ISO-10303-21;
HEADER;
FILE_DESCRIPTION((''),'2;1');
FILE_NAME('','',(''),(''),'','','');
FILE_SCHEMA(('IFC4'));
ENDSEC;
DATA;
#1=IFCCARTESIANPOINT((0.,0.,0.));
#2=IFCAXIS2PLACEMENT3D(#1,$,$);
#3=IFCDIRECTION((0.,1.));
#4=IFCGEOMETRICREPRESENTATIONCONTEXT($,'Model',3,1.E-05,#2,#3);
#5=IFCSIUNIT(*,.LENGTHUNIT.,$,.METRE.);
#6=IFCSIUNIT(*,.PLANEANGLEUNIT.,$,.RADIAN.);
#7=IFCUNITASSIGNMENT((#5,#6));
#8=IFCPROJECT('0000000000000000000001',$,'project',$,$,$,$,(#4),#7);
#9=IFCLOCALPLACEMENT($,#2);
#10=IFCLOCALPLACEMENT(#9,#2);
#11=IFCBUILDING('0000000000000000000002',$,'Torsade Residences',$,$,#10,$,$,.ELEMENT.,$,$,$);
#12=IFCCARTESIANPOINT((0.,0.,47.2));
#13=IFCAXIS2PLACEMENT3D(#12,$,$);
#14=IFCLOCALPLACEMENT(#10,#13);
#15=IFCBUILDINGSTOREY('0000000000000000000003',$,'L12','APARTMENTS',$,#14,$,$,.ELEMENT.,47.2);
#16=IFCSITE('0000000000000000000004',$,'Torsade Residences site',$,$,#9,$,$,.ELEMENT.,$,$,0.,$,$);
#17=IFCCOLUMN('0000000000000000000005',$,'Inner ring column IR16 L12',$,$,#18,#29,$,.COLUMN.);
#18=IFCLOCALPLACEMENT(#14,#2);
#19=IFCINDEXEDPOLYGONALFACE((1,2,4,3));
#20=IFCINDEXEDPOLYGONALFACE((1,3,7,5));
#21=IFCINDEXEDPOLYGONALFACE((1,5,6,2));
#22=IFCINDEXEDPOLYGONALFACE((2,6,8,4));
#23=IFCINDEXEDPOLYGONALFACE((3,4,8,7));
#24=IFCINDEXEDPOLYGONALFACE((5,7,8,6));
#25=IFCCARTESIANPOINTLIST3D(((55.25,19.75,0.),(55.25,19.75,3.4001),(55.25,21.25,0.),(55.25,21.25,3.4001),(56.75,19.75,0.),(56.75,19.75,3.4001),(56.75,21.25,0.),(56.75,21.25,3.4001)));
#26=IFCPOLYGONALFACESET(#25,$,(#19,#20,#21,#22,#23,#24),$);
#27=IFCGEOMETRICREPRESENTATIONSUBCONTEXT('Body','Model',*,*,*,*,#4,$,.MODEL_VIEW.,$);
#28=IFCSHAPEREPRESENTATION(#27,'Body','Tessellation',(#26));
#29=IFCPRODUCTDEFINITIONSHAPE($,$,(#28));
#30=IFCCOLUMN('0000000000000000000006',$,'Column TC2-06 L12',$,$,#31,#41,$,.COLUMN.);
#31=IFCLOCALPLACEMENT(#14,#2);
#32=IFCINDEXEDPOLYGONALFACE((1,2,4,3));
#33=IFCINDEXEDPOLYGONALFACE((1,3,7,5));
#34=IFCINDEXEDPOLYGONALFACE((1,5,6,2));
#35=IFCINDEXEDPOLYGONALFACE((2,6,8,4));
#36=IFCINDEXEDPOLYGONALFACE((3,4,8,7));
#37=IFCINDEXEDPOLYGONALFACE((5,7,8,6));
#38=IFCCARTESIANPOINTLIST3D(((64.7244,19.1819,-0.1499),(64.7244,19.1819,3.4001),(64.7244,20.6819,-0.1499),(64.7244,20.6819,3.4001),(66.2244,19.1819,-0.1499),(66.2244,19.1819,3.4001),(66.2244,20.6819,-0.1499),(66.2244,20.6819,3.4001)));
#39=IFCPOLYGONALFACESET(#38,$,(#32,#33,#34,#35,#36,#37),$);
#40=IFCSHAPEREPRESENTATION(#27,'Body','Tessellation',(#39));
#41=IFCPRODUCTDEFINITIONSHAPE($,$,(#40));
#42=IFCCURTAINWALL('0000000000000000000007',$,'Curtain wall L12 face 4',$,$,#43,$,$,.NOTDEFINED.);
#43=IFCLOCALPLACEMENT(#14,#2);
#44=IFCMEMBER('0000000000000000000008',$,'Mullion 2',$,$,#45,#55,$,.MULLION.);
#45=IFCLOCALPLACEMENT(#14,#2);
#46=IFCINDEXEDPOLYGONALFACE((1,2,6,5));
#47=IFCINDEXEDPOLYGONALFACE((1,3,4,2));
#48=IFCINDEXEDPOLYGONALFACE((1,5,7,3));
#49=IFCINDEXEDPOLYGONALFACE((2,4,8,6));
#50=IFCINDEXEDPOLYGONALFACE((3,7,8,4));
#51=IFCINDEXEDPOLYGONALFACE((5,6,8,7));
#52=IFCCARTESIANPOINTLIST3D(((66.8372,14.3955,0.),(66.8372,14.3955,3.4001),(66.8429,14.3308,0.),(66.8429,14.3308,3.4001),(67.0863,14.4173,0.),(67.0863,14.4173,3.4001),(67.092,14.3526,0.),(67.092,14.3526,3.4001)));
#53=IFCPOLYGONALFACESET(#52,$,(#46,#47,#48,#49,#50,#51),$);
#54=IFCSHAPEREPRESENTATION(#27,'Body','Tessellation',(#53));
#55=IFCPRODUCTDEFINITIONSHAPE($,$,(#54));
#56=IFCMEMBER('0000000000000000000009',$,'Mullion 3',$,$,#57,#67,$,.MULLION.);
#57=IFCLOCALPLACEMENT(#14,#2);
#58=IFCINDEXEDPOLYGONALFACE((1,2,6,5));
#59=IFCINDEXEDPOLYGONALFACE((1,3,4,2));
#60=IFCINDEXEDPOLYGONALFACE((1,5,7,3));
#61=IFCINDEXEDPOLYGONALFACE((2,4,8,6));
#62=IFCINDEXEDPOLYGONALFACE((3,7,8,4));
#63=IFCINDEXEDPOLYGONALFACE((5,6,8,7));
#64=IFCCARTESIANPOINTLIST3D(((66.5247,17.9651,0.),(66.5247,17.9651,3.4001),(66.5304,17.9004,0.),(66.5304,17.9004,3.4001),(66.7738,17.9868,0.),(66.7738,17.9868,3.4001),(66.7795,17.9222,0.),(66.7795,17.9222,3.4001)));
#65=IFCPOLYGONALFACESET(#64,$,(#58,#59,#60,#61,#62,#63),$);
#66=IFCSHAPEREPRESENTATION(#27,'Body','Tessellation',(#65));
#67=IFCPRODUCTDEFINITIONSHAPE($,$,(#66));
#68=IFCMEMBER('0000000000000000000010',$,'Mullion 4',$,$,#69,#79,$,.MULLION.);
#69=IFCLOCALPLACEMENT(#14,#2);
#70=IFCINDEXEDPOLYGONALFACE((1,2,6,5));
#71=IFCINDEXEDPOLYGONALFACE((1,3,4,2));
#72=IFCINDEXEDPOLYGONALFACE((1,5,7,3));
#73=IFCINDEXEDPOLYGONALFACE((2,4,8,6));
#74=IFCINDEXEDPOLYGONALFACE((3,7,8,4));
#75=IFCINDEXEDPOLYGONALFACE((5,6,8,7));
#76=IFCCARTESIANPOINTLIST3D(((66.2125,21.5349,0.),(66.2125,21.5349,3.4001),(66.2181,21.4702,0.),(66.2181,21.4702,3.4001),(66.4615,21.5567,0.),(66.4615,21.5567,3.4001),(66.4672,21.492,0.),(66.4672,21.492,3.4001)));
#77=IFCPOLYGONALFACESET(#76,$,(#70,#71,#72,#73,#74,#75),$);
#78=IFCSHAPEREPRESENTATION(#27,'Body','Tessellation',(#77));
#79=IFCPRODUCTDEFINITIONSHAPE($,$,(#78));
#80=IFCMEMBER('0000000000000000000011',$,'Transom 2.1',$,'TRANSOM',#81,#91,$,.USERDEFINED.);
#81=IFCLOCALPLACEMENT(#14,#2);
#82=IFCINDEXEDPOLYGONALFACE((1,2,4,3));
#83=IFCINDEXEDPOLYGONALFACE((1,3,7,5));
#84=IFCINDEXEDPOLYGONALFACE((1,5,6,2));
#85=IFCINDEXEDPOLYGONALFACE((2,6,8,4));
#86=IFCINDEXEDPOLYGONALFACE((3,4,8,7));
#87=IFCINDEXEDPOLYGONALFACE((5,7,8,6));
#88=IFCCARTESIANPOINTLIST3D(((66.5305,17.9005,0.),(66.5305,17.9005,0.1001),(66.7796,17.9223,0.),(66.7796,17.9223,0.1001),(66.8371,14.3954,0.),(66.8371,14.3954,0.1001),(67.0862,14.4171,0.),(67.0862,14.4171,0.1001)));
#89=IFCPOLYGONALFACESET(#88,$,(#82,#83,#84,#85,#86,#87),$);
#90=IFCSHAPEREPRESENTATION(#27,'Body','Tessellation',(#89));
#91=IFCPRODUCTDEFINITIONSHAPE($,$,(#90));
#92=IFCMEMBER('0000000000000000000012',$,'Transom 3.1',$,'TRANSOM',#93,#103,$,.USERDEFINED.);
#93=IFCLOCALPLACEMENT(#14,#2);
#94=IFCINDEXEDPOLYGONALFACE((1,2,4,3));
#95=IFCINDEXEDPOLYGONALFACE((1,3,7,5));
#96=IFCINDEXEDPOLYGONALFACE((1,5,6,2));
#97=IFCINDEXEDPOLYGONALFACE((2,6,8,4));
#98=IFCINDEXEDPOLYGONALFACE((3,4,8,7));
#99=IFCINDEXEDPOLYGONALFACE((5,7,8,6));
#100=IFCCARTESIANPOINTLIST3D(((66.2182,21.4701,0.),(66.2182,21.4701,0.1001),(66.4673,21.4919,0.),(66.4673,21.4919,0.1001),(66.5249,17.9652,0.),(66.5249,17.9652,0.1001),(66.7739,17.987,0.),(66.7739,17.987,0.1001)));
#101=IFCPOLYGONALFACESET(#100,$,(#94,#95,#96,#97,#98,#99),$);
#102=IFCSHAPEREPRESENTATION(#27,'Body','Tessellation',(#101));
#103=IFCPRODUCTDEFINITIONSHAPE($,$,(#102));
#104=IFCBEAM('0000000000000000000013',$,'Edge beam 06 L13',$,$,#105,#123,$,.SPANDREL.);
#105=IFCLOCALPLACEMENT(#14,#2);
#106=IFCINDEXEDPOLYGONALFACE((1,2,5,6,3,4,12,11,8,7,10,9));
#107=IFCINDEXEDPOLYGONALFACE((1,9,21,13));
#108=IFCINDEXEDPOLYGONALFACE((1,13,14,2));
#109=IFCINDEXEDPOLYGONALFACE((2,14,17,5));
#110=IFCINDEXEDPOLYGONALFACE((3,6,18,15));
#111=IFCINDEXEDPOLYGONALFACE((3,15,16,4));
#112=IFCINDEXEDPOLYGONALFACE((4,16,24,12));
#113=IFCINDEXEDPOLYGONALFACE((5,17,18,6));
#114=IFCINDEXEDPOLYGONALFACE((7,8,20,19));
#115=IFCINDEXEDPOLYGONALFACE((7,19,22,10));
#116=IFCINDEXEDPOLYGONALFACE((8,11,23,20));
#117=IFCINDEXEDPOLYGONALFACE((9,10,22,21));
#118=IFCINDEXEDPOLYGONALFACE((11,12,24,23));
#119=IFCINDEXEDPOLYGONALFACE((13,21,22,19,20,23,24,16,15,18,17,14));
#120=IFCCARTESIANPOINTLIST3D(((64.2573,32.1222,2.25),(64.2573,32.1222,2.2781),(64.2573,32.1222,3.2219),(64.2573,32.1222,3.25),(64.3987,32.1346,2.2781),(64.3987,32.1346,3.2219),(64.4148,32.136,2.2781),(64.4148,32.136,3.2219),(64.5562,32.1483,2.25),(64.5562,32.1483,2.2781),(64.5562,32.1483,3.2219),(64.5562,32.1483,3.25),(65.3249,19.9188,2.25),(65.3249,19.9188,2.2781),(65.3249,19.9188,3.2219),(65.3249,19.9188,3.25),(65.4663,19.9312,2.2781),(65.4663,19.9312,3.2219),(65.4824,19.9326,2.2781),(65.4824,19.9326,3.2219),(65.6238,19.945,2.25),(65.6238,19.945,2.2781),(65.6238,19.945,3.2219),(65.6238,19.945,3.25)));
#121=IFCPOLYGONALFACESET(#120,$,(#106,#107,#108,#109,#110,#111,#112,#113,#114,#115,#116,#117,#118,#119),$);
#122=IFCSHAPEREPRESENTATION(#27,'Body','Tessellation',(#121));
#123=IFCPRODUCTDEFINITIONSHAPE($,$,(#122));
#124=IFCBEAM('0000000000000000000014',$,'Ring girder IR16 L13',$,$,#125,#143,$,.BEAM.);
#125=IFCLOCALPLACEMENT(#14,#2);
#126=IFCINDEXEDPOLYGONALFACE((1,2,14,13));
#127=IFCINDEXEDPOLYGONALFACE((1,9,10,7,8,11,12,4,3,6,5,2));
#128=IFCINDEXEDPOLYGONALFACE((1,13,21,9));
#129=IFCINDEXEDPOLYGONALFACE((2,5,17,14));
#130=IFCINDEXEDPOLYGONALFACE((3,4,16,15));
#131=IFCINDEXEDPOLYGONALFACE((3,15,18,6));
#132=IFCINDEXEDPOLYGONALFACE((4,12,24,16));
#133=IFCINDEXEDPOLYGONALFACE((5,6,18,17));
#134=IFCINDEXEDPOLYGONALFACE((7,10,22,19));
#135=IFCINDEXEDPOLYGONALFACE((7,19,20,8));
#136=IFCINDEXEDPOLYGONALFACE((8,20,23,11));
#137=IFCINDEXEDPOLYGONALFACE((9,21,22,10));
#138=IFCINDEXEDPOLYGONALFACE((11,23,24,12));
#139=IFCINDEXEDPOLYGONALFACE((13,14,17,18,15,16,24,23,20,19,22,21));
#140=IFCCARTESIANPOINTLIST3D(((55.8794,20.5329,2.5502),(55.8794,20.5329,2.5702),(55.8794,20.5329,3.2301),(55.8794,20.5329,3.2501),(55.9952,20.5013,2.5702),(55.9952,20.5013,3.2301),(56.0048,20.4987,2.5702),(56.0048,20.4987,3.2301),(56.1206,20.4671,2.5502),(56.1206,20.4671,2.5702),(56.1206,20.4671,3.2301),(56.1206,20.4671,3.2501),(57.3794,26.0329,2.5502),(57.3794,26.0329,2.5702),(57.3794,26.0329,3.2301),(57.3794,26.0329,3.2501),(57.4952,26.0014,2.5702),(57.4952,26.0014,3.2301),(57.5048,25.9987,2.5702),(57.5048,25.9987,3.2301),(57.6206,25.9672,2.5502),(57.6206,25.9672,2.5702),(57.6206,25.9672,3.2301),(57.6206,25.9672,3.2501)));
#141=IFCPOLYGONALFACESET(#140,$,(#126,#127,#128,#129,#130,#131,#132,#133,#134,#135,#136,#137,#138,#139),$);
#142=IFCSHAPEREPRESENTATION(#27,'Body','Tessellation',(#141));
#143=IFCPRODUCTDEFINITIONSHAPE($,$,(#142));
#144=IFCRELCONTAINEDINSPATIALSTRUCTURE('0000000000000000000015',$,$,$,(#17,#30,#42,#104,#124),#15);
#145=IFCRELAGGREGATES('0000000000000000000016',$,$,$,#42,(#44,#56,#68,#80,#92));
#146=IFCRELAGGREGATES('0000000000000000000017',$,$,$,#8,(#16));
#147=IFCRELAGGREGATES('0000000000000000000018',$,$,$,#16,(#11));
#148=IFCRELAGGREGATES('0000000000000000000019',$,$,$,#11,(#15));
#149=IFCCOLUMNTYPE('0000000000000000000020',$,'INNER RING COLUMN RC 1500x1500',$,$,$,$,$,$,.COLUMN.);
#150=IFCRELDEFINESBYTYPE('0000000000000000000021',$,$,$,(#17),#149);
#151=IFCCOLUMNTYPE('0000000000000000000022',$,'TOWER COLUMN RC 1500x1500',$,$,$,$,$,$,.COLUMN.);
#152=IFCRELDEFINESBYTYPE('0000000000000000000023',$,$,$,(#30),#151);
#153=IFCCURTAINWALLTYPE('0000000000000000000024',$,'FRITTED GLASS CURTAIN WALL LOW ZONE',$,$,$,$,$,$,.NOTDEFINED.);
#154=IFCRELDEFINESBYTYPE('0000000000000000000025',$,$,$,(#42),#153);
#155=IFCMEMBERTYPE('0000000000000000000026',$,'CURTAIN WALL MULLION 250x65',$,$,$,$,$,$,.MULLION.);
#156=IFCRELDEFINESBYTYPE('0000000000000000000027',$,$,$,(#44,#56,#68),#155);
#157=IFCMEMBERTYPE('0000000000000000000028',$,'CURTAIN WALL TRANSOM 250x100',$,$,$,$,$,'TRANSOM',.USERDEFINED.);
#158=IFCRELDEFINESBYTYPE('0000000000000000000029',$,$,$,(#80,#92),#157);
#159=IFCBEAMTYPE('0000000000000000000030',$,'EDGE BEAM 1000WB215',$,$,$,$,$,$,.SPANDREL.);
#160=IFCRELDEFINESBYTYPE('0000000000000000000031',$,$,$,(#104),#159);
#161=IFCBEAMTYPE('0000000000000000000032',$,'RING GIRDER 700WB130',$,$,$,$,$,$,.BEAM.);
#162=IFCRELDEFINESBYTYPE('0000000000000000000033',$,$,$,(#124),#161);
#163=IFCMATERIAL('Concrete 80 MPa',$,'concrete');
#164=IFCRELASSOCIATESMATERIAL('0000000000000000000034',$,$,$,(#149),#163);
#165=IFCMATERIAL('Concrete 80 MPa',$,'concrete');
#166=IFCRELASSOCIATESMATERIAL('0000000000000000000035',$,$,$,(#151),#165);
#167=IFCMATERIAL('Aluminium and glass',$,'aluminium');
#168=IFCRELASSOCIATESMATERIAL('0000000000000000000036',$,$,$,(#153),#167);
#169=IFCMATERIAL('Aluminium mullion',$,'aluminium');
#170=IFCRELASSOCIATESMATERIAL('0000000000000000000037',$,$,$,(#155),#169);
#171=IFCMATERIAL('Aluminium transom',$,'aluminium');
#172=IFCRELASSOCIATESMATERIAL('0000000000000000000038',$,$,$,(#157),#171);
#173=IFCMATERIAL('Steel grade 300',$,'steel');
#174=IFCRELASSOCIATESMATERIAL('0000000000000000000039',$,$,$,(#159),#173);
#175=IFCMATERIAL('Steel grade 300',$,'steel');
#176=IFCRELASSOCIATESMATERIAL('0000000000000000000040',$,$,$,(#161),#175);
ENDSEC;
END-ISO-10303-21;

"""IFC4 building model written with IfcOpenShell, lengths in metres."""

from ifc_helpers import new_model, si_unit, direction, frame, origin, origin_2d, place, context, subcontext, project, spatial, rectangle, i_section, extrude, material, material_profile, profile_set, type_object, element, aggregate, save


model = new_model("IFC4")

# Units and contexts
model_context = context("Model", 3, precision=1e-05, world=origin(), true_north=direction((0.0, 1.0)))
body_context = subcontext(model_context, "Body", "Model", "MODEL_VIEW")
ifc_project = project(units=[si_unit("LENGTHUNIT", "METRE"), si_unit("PLANEANGLEUNIT", "RADIAN")], contexts=[model_context])

# Site, building, storey
site_placement = place(None, origin())
site = spatial("IfcSite", under=ifc_project, at=site_placement, Name="Torsade Residences site", CompositionType="ELEMENT", RefElevation=0.0)
building_placement = place(site_placement, origin())
building = spatial("IfcBuilding", under=site, at=building_placement, Name="Torsade Residences", CompositionType="ELEMENT")
storey_placement = place(building_placement, frame((0.0, 0.0, 47.2)))
storey = spatial("IfcBuildingStorey", under=building, at=storey_placement, Name="L12", Description="APARTMENTS", CompositionType="ELEMENT", Elevation=47.2)

# Columns
ifc_material_1 = material(Name="Concrete 80 MPa", Category="concrete")
ifc_material_profile_1 = material_profile(ifc_material_1, rectangle(XDim=1.5, YDim=1.5, at=origin_2d()), Name="RC 1500x1500")
ifc_profile_set_1 = profile_set([ifc_material_profile_1], Name="Concrete 80 MPa")
column_type_1 = type_object("IfcColumnType", Name="INNER RING COLUMN RC 1500x1500", PredefinedType="COLUMN", material=ifc_profile_set_1)
column_1_placement = place(storey_placement, frame((56.0, 20.5, 0.0), z_axis=(0.0, 0.0, 1.0), x_axis=(1.0, 0.0, 0.0)))
element("IfcColumn", 1, at=column_1_placement, inside=storey, type_object=column_type_1, Name="Inner ring column IR16 L12", PredefinedType="COLUMN", context=body_context, shape_type="SweptSolid", body=[
    extrude(rectangle(XDim=1.5, YDim=1.5, at=origin_2d()), origin(), (0.0, 0.0, 1.0), 3.4001),
])
ifc_material_2 = material(Name="Concrete 80 MPa", Category="concrete")
ifc_material_profile_2 = material_profile(ifc_material_2, rectangle(XDim=1.5, YDim=1.5, at=origin_2d()), Name="RC 1500x1500")
ifc_profile_set_2 = profile_set([ifc_material_profile_2], Name="Concrete 80 MPa")
column_type_2 = type_object("IfcColumnType", Name="TOWER COLUMN RC 1500x1500", PredefinedType="COLUMN", material=ifc_profile_set_2)
column_2_placement = place(storey_placement, frame((65.4744, 19.9319, -0.1499), z_axis=(0.0, 0.0, 1.0), x_axis=(1.0, 0.0, 0.0)))
element("IfcColumn", 2, at=column_2_placement, inside=storey, type_object=column_type_2, Name="Column TC2-06 L12", PredefinedType="COLUMN", context=body_context, shape_type="SweptSolid", body=[
    extrude(rectangle(XDim=1.5, YDim=1.5, at=origin_2d()), origin(), (0.0, 0.0, 1.0), 3.55),
])

# Curtain wall, members
ifc_material_3 = material(Name="Aluminium and glass", Category="aluminium")
curtain_wall_type = type_object("IfcCurtainWallType", Name="FRITTED GLASS CURTAIN WALL LOW ZONE", PredefinedType="NOTDEFINED", material=ifc_material_3)
curtain_wall_placement = place(storey_placement, origin())
curtain_wall = element("IfcCurtainWall", 3, at=curtain_wall_placement, inside=storey, type_object=curtain_wall_type, Name="Curtain wall L12 face 4", PredefinedType="NOTDEFINED")
ifc_material_4 = material(Name="Aluminium mullion", Category="aluminium")
ifc_material_profile_3 = material_profile(ifc_material_4, rectangle(XDim=0.25, YDim=0.0649, at=origin_2d()), Name="CURTAIN WALL MULLION 250x65")
ifc_profile_set_3 = profile_set([ifc_material_profile_3], Name="Aluminium mullion")
member_type_1 = type_object("IfcMemberType", Name="CURTAIN WALL MULLION 250x65", PredefinedType="MULLION", material=ifc_profile_set_3)
member_1_placement = place(storey_placement, frame((66.9646, 14.374, 0.0), z_axis=(0.0, 0.0, 1.0), x_axis=(-0.996195, -0.087156, 0.0)))
member_1 = element("IfcMember", 4, at=member_1_placement, type_object=member_type_1, Name="Mullion 2", PredefinedType="MULLION", context=body_context, shape_type="SweptSolid", body=[
    extrude(rectangle(XDim=0.25, YDim=0.0649, at=origin_2d()), origin(), (0.0, 0.0, 1.0), 3.4001),
])
member_2_placement = place(storey_placement, frame((66.6521, 17.9436, 0.0), z_axis=(0.0, 0.0, 1.0), x_axis=(-0.996195, -0.087156, 0.0)))
member_2 = element("IfcMember", 5, at=member_2_placement, type_object=member_type_1, Name="Mullion 3", PredefinedType="MULLION", context=body_context, shape_type="SweptSolid", body=[
    extrude(rectangle(XDim=0.25, YDim=0.0649, at=origin_2d()), origin(), (0.0, 0.0, 1.0), 3.4001),
])
member_3_placement = place(storey_placement, frame((66.3398, 21.5134, 0.0), z_axis=(0.0, 0.0, 1.0), x_axis=(-0.996195, -0.087156, 0.0)))
member_3 = element("IfcMember", 6, at=member_3_placement, type_object=member_type_1, Name="Mullion 4", PredefinedType="MULLION", context=body_context, shape_type="SweptSolid", body=[
    extrude(rectangle(XDim=0.25, YDim=0.0649, at=origin_2d()), origin(), (0.0, 0.0, 1.0), 3.4001),
])
ifc_material_5 = material(Name="Aluminium transom", Category="aluminium")
ifc_material_profile_4 = material_profile(ifc_material_5, rectangle(XDim=0.25, YDim=0.1001, at=origin_2d()), Name="CURTAIN WALL TRANSOM 250x100")
ifc_profile_set_4 = profile_set([ifc_material_profile_4], Name="Aluminium transom")
member_type_2 = type_object("IfcMemberType", Name="CURTAIN WALL TRANSOM 250x100", ElementType="TRANSOM", PredefinedType="USERDEFINED", material=ifc_profile_set_4)
member_4_placement = place(storey_placement, frame((66.9617, 14.4062, 0.05), z_axis=(-0.087151, 0.996195, 0.0), x_axis=(-0.996195, -0.087151, 0.0)))
member_4 = element("IfcMember", 7, at=member_4_placement, type_object=member_type_2, Name="Transom 2.1", ObjectType="TRANSOM", PredefinedType="USERDEFINED", context=body_context, shape_type="SweptSolid", body=[
    extrude(rectangle(XDim=0.25, YDim=0.1001, at=origin_2d()), origin(), (0.0, 0.0, 1.0), 3.5186),
])
member_5_placement = place(storey_placement, frame((66.6494, 17.9761, 0.05), z_axis=(-0.087157, 0.996195, 0.0), x_axis=(-0.996195, -0.087157, 0.0)))
member_5 = element("IfcMember", 8, at=member_5_placement, type_object=member_type_2, Name="Transom 3.1", ObjectType="TRANSOM", PredefinedType="USERDEFINED", context=body_context, shape_type="SweptSolid", body=[
    extrude(rectangle(XDim=0.25, YDim=0.1001, at=origin_2d()), origin(), (0.0, 0.0, 1.0), 3.5183),
])

# Beams
ifc_material_6 = material(Name="Steel grade 300", Category="steel")
ifc_material_profile_5 = material_profile(ifc_material_6, i_section(OverallWidth=0.3, OverallDepth=1.0, WebThickness=0.0161, FlangeThickness=0.0281, at=origin_2d()), Name="1000WB215")
ifc_profile_set_5 = profile_set([ifc_material_profile_5], Name="Steel grade 300")
beam_type_1 = type_object("IfcBeamType", Name="EDGE BEAM 1000WB215", PredefinedType="SPANDREL", material=ifc_profile_set_5)
beam_1_placement = place(storey_placement, frame((65.4744, 19.9319, 2.75), z_axis=(-0.087153, 0.996195, 0.0), x_axis=(-0.996195, -0.087153, 0.0)))
element("IfcBeam", 9, at=beam_1_placement, inside=storey, type_object=beam_type_1, Name="Edge beam 06 L13", PredefinedType="SPANDREL", context=body_context, shape_type="SweptSolid", body=[
    extrude(i_section(OverallWidth=0.3, OverallDepth=1.0, WebThickness=0.0161, FlangeThickness=0.0281, at=origin_2d()), origin(), (0.0, 0.0, 1.0), 12.25),
])
ifc_material_7 = material(Name="Steel grade 300", Category="steel")
ifc_material_profile_6 = material_profile(ifc_material_7, i_section(OverallWidth=0.25, OverallDepth=0.7, WebThickness=0.01, FlangeThickness=0.02, at=origin_2d()), Name="700WB130")
ifc_profile_set_6 = profile_set([ifc_material_profile_6], Name="Steel grade 300")
beam_type_2 = type_object("IfcBeamType", Name="RING GIRDER 700WB130", PredefinedType="BEAM", material=ifc_profile_set_6)
beam_2_placement = place(storey_placement, frame((56.0, 20.5, 2.9001), z_axis=(0.263117, 0.964764, 0.0), x_axis=(-0.964764, 0.263117, 0.0)))
element("IfcBeam", 10, at=beam_2_placement, inside=storey, type_object=beam_type_2, Name="Ring girder IR16 L13", PredefinedType="BEAM", context=body_context, shape_type="SweptSolid", body=[
    extrude(i_section(OverallWidth=0.25, OverallDepth=0.7, WebThickness=0.01, FlangeThickness=0.02, at=origin_2d()), origin(), (0.0, 0.0, 1.0), 5.7009),
])

aggregate(curtain_wall, [member_1, member_2, member_3, member_4, member_5])

save(model, "model.ifc")
